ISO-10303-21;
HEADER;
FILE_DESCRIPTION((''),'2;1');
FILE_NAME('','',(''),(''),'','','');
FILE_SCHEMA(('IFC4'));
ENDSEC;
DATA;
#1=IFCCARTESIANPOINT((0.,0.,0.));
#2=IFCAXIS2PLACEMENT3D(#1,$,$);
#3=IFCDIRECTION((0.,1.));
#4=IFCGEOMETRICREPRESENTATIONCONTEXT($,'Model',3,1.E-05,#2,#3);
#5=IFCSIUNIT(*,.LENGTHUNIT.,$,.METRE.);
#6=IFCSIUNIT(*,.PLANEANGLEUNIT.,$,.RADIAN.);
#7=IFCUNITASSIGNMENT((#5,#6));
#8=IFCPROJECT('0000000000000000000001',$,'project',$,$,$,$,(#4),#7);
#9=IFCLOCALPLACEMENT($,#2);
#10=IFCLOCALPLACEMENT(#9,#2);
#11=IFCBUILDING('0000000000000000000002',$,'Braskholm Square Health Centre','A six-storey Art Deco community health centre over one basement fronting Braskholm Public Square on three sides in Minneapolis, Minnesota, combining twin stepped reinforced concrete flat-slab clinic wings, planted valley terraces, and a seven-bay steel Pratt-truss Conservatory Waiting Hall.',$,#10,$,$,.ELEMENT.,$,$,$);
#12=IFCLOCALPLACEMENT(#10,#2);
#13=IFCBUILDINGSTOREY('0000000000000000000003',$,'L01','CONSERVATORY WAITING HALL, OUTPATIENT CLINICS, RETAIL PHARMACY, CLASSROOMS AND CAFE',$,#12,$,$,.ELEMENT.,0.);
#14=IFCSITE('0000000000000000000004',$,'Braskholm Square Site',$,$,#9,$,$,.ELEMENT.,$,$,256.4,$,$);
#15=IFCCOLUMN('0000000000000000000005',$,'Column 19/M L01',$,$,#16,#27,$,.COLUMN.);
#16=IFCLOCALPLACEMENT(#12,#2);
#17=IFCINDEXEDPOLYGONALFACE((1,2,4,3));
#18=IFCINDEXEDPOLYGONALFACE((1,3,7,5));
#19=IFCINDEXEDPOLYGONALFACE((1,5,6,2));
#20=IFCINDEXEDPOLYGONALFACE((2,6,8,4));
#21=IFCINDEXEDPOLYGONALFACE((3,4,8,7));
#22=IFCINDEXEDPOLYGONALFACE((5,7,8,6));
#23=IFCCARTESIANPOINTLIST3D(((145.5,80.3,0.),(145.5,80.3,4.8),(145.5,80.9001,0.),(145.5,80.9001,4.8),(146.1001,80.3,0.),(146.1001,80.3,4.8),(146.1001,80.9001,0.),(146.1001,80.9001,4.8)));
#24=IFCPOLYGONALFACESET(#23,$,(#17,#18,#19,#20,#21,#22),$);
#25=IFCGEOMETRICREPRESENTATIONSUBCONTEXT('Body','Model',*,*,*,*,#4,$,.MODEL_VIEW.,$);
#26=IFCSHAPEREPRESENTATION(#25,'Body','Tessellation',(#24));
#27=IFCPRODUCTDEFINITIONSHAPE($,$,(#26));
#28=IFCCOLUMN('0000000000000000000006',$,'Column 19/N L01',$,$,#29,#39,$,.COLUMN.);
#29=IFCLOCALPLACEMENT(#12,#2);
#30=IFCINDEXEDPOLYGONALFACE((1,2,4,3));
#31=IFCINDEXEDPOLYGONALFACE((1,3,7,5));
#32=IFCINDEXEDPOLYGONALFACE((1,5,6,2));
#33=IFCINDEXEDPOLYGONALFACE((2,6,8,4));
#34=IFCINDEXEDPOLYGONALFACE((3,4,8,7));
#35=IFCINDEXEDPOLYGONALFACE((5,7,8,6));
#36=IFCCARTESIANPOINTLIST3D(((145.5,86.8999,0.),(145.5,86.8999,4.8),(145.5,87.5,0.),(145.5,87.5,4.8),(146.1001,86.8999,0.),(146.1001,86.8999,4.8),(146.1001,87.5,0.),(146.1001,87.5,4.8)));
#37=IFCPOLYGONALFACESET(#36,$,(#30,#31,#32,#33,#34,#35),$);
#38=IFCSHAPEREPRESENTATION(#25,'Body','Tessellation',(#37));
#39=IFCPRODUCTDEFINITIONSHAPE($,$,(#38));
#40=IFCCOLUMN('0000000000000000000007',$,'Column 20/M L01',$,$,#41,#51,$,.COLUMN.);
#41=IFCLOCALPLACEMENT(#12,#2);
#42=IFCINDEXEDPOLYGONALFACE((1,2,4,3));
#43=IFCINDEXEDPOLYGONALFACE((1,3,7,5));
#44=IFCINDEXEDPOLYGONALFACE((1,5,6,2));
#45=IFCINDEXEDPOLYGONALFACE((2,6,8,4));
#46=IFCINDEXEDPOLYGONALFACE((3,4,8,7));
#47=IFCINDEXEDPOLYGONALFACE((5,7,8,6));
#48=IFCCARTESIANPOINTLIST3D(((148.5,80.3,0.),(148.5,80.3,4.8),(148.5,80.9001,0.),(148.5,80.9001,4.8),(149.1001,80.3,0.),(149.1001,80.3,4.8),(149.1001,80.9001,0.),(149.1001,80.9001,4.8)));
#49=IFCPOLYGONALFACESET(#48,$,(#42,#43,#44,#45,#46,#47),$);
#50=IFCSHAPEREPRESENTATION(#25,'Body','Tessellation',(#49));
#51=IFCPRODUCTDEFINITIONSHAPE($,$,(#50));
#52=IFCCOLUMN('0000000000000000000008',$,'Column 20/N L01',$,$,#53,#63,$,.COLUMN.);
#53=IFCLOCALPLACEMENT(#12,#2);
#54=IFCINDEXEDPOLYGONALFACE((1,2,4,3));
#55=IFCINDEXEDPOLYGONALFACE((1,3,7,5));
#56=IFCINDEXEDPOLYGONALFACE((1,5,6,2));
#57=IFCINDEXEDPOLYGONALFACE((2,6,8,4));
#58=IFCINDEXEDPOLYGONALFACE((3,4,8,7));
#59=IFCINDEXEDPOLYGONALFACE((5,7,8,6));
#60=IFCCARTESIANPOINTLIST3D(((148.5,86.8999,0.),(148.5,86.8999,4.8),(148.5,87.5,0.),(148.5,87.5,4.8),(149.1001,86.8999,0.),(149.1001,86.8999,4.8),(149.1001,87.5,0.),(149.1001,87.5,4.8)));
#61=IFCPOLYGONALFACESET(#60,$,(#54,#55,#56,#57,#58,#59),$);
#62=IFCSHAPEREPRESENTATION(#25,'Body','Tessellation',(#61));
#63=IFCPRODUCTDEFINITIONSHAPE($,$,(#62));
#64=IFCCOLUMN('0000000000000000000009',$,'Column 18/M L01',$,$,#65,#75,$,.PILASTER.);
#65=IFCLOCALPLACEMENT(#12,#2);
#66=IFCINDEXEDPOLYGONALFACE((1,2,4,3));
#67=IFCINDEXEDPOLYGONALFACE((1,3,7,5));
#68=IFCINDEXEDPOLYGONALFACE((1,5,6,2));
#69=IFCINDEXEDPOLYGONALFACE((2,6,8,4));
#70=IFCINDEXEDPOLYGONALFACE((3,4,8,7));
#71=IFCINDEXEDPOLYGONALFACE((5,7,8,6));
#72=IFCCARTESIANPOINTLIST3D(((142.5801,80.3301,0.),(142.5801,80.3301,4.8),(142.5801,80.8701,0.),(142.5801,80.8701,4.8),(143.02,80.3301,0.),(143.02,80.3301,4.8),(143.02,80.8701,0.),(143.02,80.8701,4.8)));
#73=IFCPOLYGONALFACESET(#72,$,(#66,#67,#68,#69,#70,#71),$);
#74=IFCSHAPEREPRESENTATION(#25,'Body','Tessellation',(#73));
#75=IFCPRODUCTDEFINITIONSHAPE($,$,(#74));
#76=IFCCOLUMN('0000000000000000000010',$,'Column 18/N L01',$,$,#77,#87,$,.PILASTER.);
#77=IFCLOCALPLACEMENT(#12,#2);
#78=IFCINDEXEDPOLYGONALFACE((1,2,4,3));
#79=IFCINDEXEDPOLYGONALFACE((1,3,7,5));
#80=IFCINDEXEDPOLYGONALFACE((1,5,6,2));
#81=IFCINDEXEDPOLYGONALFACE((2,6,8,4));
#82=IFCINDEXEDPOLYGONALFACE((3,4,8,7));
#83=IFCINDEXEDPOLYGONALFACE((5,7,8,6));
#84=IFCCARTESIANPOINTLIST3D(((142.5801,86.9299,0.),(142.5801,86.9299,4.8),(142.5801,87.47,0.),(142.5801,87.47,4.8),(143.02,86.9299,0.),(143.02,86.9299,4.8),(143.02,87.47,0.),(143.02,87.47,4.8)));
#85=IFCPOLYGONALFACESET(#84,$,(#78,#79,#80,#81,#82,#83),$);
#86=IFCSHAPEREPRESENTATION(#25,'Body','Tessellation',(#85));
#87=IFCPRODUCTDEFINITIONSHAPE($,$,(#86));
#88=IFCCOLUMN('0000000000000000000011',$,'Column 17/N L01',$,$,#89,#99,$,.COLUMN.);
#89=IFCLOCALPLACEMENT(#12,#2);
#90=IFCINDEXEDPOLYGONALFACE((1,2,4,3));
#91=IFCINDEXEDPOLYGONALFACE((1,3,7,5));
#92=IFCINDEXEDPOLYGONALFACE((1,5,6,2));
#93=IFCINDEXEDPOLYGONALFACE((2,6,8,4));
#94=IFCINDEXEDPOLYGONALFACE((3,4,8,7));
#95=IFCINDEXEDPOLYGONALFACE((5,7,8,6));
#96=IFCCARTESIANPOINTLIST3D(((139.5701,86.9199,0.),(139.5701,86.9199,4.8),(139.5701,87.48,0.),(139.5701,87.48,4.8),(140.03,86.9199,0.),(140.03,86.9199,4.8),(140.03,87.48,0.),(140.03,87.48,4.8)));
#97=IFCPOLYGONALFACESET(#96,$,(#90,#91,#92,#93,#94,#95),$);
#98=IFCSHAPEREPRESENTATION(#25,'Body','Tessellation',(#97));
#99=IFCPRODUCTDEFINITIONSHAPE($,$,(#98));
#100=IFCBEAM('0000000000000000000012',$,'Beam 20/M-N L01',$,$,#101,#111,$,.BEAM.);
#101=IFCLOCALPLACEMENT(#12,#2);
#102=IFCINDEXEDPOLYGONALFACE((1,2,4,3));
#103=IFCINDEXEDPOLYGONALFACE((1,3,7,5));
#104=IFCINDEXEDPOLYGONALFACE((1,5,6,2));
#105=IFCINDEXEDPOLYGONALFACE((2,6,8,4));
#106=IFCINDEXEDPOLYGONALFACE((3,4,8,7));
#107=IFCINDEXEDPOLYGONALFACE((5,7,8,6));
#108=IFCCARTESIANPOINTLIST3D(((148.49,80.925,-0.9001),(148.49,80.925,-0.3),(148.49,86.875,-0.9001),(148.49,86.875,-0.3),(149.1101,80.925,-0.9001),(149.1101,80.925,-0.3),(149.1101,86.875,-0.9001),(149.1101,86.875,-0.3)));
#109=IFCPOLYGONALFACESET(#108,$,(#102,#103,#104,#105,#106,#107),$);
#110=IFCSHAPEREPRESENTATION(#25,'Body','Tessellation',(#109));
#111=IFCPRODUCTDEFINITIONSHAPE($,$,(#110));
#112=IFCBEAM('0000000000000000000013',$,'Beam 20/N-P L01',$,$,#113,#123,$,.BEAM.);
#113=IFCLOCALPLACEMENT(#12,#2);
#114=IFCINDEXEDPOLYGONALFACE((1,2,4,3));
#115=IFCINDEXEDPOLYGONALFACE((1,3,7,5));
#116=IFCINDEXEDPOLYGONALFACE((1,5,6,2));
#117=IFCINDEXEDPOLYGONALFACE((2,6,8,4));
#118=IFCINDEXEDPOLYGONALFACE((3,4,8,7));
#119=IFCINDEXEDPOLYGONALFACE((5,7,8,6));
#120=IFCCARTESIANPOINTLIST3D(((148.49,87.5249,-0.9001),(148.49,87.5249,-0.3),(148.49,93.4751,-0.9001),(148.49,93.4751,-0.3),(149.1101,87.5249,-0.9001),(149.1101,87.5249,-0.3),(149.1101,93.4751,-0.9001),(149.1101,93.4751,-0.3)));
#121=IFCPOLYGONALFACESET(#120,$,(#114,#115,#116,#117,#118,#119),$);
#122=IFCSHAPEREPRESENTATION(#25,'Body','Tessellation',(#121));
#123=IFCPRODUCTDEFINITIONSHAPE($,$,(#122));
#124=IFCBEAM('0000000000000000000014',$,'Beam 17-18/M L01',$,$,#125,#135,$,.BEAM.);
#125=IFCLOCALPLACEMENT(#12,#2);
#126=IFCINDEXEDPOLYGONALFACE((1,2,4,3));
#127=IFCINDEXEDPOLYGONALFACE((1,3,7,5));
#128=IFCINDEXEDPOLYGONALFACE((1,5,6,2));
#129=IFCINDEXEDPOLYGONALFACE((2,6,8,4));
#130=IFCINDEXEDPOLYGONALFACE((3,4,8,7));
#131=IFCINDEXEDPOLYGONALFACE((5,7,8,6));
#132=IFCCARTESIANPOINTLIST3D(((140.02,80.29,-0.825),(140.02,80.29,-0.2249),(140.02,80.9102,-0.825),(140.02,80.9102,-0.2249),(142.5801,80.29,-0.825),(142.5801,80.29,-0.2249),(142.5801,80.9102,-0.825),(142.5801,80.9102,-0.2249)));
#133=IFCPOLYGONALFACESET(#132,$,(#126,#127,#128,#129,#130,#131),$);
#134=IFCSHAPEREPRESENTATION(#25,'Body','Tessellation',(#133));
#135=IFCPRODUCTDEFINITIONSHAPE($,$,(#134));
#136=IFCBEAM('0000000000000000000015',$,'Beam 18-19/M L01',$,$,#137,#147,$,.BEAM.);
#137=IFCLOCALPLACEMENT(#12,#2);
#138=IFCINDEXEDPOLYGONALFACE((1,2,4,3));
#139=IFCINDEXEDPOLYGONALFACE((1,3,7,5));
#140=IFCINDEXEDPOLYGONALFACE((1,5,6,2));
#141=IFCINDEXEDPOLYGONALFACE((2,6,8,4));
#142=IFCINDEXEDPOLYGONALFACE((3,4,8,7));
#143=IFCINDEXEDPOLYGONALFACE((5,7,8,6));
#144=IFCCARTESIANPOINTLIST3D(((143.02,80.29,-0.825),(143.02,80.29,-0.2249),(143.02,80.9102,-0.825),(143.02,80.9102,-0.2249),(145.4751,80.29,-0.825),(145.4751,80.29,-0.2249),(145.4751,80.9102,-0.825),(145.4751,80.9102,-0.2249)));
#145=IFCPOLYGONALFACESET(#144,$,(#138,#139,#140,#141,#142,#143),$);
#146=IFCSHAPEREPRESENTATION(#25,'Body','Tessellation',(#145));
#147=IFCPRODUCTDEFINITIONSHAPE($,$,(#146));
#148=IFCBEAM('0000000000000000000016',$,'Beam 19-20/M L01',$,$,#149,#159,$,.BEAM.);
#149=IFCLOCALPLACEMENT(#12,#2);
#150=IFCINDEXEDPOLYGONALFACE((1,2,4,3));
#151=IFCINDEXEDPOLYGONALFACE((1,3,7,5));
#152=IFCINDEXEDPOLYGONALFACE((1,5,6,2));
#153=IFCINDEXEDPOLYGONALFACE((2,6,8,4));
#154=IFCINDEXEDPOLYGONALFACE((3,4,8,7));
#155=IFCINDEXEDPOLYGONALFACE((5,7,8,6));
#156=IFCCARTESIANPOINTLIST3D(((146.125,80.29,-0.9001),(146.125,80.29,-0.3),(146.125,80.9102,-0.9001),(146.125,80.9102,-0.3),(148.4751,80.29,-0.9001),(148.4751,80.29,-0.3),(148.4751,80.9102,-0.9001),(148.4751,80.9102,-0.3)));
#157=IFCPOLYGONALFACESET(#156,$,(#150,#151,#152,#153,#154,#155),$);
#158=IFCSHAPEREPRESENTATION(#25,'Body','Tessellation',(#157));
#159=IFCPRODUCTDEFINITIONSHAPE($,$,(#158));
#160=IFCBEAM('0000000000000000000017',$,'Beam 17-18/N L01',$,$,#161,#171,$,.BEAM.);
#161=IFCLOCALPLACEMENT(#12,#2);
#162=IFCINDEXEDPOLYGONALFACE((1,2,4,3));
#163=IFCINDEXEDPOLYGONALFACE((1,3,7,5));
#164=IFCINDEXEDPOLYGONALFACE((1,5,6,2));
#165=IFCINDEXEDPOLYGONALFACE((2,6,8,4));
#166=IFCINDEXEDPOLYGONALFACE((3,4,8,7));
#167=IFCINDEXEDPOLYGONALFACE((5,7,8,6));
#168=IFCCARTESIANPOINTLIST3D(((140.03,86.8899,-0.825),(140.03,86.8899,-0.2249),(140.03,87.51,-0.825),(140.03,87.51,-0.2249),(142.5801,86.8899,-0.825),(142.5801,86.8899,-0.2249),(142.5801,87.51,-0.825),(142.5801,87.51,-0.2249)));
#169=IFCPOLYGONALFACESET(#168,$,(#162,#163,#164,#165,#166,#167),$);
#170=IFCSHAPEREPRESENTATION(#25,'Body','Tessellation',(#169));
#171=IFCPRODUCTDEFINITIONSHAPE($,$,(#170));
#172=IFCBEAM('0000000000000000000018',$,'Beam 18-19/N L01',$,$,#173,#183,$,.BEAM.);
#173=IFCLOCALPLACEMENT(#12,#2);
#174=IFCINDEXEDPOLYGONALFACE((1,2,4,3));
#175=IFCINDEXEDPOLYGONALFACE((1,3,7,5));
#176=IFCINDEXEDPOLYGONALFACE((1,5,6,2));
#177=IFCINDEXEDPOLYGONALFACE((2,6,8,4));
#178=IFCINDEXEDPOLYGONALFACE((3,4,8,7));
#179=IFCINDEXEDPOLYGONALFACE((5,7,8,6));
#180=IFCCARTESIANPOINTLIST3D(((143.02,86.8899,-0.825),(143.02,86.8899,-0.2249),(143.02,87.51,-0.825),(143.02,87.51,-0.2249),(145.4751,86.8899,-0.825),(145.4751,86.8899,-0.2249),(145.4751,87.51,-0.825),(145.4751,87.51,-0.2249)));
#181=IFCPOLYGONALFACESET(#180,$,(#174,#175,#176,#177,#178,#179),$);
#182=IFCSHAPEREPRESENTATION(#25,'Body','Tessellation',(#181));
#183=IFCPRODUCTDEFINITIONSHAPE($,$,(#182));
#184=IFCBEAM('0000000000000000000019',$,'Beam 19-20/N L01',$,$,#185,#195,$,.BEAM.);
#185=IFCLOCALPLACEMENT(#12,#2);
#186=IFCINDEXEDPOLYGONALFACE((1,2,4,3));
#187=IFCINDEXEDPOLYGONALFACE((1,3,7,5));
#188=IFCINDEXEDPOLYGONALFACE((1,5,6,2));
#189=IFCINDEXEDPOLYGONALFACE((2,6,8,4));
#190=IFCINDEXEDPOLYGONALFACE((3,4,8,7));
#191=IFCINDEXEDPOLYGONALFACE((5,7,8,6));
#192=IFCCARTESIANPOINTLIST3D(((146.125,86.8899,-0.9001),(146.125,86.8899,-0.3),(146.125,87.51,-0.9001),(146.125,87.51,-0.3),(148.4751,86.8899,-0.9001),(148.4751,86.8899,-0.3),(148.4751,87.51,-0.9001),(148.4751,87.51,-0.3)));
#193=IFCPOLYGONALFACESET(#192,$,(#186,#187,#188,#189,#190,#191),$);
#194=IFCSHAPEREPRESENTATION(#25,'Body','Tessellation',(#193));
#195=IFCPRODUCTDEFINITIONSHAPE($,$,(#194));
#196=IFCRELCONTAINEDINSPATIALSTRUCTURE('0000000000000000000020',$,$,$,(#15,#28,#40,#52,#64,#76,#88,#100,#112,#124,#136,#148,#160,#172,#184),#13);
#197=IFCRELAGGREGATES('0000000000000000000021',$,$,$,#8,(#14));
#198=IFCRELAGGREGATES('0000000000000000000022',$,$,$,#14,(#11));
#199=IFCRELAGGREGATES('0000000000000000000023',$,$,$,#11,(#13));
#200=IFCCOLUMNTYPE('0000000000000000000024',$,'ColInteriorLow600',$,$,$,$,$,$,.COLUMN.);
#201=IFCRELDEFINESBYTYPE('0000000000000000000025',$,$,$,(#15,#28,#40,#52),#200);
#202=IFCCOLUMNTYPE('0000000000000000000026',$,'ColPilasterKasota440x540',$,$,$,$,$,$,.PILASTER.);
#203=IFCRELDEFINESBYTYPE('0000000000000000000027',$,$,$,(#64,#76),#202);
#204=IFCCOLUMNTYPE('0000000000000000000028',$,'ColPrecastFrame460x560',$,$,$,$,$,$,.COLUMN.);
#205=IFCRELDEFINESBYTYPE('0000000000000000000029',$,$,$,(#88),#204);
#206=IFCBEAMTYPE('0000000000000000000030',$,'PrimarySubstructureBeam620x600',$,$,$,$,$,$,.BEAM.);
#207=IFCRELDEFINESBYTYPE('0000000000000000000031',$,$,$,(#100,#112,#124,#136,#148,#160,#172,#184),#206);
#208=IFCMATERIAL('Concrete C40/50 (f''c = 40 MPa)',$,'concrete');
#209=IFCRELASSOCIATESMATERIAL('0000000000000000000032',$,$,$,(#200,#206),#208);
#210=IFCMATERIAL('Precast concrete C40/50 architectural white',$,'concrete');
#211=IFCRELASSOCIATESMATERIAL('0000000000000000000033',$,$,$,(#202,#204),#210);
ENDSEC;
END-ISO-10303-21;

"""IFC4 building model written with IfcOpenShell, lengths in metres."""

from ifc_helpers import new_model, si_unit, direction, frame, origin, origin_2d, place, context, subcontext, project, spatial, rectangle, extrude, material, material_profile, profile_set, type_object, element, save


model = new_model("IFC4")

# Units and contexts
model_context = context("Model", 3, precision=1e-05, world=origin(), true_north=direction((0.0, 1.0)))
body_context = subcontext(model_context, "Body", "Model", "MODEL_VIEW")
ifc_project = project(units=[si_unit("LENGTHUNIT", "METRE"), si_unit("PLANEANGLEUNIT", "RADIAN")], contexts=[model_context])

# Site, building, storey
site_placement = place(None, origin())
site = spatial("IfcSite", under=ifc_project, at=site_placement, Name="Braskholm Square Site", CompositionType="ELEMENT", RefElevation=256.4)
building_placement = place(site_placement, origin())
building = spatial("IfcBuilding", under=site, at=building_placement, Name="Braskholm Square Health Centre", Description="A six-storey Art Deco community health centre over one basement fronting Braskholm Public Square on three sides in Minneapolis, Minnesota, combining twin stepped reinforced concrete flat-slab clinic wings, planted valley terraces, and a seven-bay steel Pratt-truss Conservatory Waiting Hall.", CompositionType="ELEMENT")
storey_placement = place(building_placement, origin())
storey = spatial("IfcBuildingStorey", under=building, at=storey_placement, Name="L01", Description="CONSERVATORY WAITING HALL, OUTPATIENT CLINICS, RETAIL PHARMACY, CLASSROOMS AND CAFE", CompositionType="ELEMENT", Elevation=0.0)

# Columns
ifc_material_1 = material(Name="Concrete C40/50 (f'c = 40 MPa)", Category="concrete")
ifc_material_profile_1 = material_profile(ifc_material_1, rectangle(XDim=0.6001, YDim=0.6001, at=origin_2d()), Name="RC-600X600")
ifc_profile_set_1 = profile_set([ifc_material_profile_1], Name="Concrete C40/50 (f'c = 40 MPa)")
column_type_1 = type_object("IfcColumnType", Name="ColInteriorLow600", PredefinedType="COLUMN", material=ifc_profile_set_1)
for number, where, z_axis, x_axis, name in (
    (1, (145.8, 80.6001, 0.0), (0.0, 0.0, 1.0), (1.0, 0.0, 0.0), "Column 19/M L01"),
    (2, (145.8, 87.2, 0.0), (0.0, 0.0, 1.0), (1.0, 0.0, 0.0), "Column 19/N L01"),
    (3, (148.8, 80.6001, 0.0), (0.0, 0.0, 1.0), (1.0, 0.0, 0.0), "Column 20/M L01"),
    (4, (148.8, 87.2, 0.0), (0.0, 0.0, 1.0), (1.0, 0.0, 0.0), "Column 20/N L01"),
):
    element("IfcColumn", number, at=place(storey_placement, frame(where, z_axis=z_axis, x_axis=x_axis)), inside=storey, type_object=column_type_1, Name=name, PredefinedType="COLUMN", context=body_context, shape_type="SweptSolid", body=[
        extrude(rectangle(XDim=0.6001, YDim=0.6001, at=origin_2d()), origin(), (0.0, 0.0, 1.0), 4.8),
    ])
ifc_material_2 = material(Name="Precast concrete C40/50 architectural white", Category="concrete")
ifc_material_profile_2 = material_profile(ifc_material_2, rectangle(XDim=0.4399, YDim=0.54, at=origin_2d()), Name="RC-440X540")
ifc_profile_set_2 = profile_set([ifc_material_profile_2], Name="Precast concrete C40/50 architectural white")
column_type_2 = type_object("IfcColumnType", Name="ColPilasterKasota440x540", PredefinedType="PILASTER", material=ifc_profile_set_2)
for number, where, z_axis, x_axis, name in (
    (5, (142.8, 80.6001, 0.0), (0.0, 0.0, 1.0), (1.0, 0.0, 0.0), "Column 18/M L01"),
    (6, (142.8, 87.2, 0.0), (0.0, 0.0, 1.0), (1.0, 0.0, 0.0), "Column 18/N L01"),
):
    element("IfcColumn", number, at=place(storey_placement, frame(where, z_axis=z_axis, x_axis=x_axis)), inside=storey, type_object=column_type_2, Name=name, PredefinedType="PILASTER", context=body_context, shape_type="SweptSolid", body=[
        extrude(rectangle(XDim=0.4399, YDim=0.54, at=origin_2d()), origin(), (0.0, 0.0, 1.0), 4.8),
    ])
ifc_material_profile_3 = material_profile(ifc_material_2, rectangle(XDim=0.46, YDim=0.5601, at=origin_2d()), Name="RC-460X560")
ifc_profile_set_3 = profile_set([ifc_material_profile_3], Name="Precast concrete C40/50 architectural white")
column_type_3 = type_object("IfcColumnType", Name="ColPrecastFrame460x560", PredefinedType="COLUMN", material=ifc_profile_set_3)
column_placement = place(storey_placement, frame((139.8, 87.2, 0.0), z_axis=(0.0, 0.0, 1.0), x_axis=(1.0, 0.0, 0.0)))
element("IfcColumn", 7, at=column_placement, inside=storey, type_object=column_type_3, Name="Column 17/N L01", PredefinedType="COLUMN", context=body_context, shape_type="SweptSolid", body=[
    extrude(rectangle(XDim=0.46, YDim=0.5601, at=origin_2d()), origin(), (0.0, 0.0, 1.0), 4.8),
])

# Beams
ifc_material_profile_4 = material_profile(ifc_material_1, rectangle(XDim=0.6201, YDim=0.6001, at=origin_2d()), Name="RCB-620X600")
ifc_profile_set_4 = profile_set([ifc_material_profile_4], Name="Concrete C40/50 (f'c = 40 MPa)")
beam_type_1 = type_object("IfcBeamType", Name="PrimarySubstructureBeam620x600", PredefinedType="BEAM", material=ifc_profile_set_4)
beam_1_placement = place(storey_placement, frame((148.8, 80.925, -0.6001), z_axis=(0.0, 1.0, 0.0), x_axis=(-1.0, 0.0, 0.0)))
element("IfcBeam", 8, at=beam_1_placement, inside=storey, type_object=beam_type_1, Name="Beam 20/M-N L01", PredefinedType="BEAM", context=body_context, shape_type="SweptSolid", body=[
    extrude(rectangle(XDim=0.6201, YDim=0.6001, at=origin_2d()), origin(), (0.0, 0.0, 1.0), 5.95),
])
beam_2_placement = place(storey_placement, frame((148.8, 87.5249, -0.6001), z_axis=(0.0, 1.0, 0.0), x_axis=(-1.0, 0.0, 0.0)))
element("IfcBeam", 9, at=beam_2_placement, inside=storey, type_object=beam_type_1, Name="Beam 20/N-P L01", PredefinedType="BEAM", context=body_context, shape_type="SweptSolid", body=[
    extrude(rectangle(XDim=0.6201, YDim=0.6001, at=origin_2d()), origin(), (0.0, 0.0, 1.0), 5.9502),
])
beam_3_placement = place(storey_placement, frame((140.02, 80.6001, -0.5249), z_axis=(1.0, 0.0, 0.0), x_axis=(0.0, 1.0, 0.0)))
element("IfcBeam", 10, at=beam_3_placement, inside=storey, type_object=beam_type_1, Name="Beam 17-18/M L01", PredefinedType="BEAM", context=body_context, shape_type="SweptSolid", body=[
    extrude(rectangle(XDim=0.6201, YDim=0.6001, at=origin_2d()), origin(), (0.0, 0.0, 1.0), 2.5601),
])
beam_4_placement = place(storey_placement, frame((143.02, 80.6001, -0.5249), z_axis=(1.0, 0.0, 0.0), x_axis=(0.0, 1.0, 0.0)))
element("IfcBeam", 11, at=beam_4_placement, inside=storey, type_object=beam_type_1, Name="Beam 18-19/M L01", PredefinedType="BEAM", context=body_context, shape_type="SweptSolid", body=[
    extrude(rectangle(XDim=0.6201, YDim=0.6001, at=origin_2d()), origin(), (0.0, 0.0, 1.0), 2.4551),
])
beam_5_placement = place(storey_placement, frame((146.125, 80.6001, -0.6001), z_axis=(1.0, 0.0, 0.0), x_axis=(0.0, 1.0, 0.0)))
element("IfcBeam", 12, at=beam_5_placement, inside=storey, type_object=beam_type_1, Name="Beam 19-20/M L01", PredefinedType="BEAM", context=body_context, shape_type="SweptSolid", body=[
    extrude(rectangle(XDim=0.6201, YDim=0.6001, at=origin_2d()), origin(), (0.0, 0.0, 1.0), 2.3501),
])
beam_6_placement = place(storey_placement, frame((140.03, 87.2, -0.5249), z_axis=(1.0, 0.0, 0.0), x_axis=(0.0, 1.0, 0.0)))
element("IfcBeam", 13, at=beam_6_placement, inside=storey, type_object=beam_type_1, Name="Beam 17-18/N L01", PredefinedType="BEAM", context=body_context, shape_type="SweptSolid", body=[
    extrude(rectangle(XDim=0.6201, YDim=0.6001, at=origin_2d()), origin(), (0.0, 0.0, 1.0), 2.55),
])
beam_7_placement = place(storey_placement, frame((143.02, 87.2, -0.5249), z_axis=(1.0, 0.0, 0.0), x_axis=(0.0, 1.0, 0.0)))
element("IfcBeam", 14, at=beam_7_placement, inside=storey, type_object=beam_type_1, Name="Beam 18-19/N L01", PredefinedType="BEAM", context=body_context, shape_type="SweptSolid", body=[
    extrude(rectangle(XDim=0.6201, YDim=0.6001, at=origin_2d()), origin(), (0.0, 0.0, 1.0), 2.4551),
])
beam_8_placement = place(storey_placement, frame((146.125, 87.2, -0.6001), z_axis=(1.0, 0.0, 0.0), x_axis=(0.0, 1.0, 0.0)))
element("IfcBeam", 15, at=beam_8_placement, inside=storey, type_object=beam_type_1, Name="Beam 19-20/N L01", PredefinedType="BEAM", context=body_context, shape_type="SweptSolid", body=[
    extrude(rectangle(XDim=0.6201, YDim=0.6001, at=origin_2d()), origin(), (0.0, 0.0, 1.0), 2.3501),
])

save(model, "model.ifc")
